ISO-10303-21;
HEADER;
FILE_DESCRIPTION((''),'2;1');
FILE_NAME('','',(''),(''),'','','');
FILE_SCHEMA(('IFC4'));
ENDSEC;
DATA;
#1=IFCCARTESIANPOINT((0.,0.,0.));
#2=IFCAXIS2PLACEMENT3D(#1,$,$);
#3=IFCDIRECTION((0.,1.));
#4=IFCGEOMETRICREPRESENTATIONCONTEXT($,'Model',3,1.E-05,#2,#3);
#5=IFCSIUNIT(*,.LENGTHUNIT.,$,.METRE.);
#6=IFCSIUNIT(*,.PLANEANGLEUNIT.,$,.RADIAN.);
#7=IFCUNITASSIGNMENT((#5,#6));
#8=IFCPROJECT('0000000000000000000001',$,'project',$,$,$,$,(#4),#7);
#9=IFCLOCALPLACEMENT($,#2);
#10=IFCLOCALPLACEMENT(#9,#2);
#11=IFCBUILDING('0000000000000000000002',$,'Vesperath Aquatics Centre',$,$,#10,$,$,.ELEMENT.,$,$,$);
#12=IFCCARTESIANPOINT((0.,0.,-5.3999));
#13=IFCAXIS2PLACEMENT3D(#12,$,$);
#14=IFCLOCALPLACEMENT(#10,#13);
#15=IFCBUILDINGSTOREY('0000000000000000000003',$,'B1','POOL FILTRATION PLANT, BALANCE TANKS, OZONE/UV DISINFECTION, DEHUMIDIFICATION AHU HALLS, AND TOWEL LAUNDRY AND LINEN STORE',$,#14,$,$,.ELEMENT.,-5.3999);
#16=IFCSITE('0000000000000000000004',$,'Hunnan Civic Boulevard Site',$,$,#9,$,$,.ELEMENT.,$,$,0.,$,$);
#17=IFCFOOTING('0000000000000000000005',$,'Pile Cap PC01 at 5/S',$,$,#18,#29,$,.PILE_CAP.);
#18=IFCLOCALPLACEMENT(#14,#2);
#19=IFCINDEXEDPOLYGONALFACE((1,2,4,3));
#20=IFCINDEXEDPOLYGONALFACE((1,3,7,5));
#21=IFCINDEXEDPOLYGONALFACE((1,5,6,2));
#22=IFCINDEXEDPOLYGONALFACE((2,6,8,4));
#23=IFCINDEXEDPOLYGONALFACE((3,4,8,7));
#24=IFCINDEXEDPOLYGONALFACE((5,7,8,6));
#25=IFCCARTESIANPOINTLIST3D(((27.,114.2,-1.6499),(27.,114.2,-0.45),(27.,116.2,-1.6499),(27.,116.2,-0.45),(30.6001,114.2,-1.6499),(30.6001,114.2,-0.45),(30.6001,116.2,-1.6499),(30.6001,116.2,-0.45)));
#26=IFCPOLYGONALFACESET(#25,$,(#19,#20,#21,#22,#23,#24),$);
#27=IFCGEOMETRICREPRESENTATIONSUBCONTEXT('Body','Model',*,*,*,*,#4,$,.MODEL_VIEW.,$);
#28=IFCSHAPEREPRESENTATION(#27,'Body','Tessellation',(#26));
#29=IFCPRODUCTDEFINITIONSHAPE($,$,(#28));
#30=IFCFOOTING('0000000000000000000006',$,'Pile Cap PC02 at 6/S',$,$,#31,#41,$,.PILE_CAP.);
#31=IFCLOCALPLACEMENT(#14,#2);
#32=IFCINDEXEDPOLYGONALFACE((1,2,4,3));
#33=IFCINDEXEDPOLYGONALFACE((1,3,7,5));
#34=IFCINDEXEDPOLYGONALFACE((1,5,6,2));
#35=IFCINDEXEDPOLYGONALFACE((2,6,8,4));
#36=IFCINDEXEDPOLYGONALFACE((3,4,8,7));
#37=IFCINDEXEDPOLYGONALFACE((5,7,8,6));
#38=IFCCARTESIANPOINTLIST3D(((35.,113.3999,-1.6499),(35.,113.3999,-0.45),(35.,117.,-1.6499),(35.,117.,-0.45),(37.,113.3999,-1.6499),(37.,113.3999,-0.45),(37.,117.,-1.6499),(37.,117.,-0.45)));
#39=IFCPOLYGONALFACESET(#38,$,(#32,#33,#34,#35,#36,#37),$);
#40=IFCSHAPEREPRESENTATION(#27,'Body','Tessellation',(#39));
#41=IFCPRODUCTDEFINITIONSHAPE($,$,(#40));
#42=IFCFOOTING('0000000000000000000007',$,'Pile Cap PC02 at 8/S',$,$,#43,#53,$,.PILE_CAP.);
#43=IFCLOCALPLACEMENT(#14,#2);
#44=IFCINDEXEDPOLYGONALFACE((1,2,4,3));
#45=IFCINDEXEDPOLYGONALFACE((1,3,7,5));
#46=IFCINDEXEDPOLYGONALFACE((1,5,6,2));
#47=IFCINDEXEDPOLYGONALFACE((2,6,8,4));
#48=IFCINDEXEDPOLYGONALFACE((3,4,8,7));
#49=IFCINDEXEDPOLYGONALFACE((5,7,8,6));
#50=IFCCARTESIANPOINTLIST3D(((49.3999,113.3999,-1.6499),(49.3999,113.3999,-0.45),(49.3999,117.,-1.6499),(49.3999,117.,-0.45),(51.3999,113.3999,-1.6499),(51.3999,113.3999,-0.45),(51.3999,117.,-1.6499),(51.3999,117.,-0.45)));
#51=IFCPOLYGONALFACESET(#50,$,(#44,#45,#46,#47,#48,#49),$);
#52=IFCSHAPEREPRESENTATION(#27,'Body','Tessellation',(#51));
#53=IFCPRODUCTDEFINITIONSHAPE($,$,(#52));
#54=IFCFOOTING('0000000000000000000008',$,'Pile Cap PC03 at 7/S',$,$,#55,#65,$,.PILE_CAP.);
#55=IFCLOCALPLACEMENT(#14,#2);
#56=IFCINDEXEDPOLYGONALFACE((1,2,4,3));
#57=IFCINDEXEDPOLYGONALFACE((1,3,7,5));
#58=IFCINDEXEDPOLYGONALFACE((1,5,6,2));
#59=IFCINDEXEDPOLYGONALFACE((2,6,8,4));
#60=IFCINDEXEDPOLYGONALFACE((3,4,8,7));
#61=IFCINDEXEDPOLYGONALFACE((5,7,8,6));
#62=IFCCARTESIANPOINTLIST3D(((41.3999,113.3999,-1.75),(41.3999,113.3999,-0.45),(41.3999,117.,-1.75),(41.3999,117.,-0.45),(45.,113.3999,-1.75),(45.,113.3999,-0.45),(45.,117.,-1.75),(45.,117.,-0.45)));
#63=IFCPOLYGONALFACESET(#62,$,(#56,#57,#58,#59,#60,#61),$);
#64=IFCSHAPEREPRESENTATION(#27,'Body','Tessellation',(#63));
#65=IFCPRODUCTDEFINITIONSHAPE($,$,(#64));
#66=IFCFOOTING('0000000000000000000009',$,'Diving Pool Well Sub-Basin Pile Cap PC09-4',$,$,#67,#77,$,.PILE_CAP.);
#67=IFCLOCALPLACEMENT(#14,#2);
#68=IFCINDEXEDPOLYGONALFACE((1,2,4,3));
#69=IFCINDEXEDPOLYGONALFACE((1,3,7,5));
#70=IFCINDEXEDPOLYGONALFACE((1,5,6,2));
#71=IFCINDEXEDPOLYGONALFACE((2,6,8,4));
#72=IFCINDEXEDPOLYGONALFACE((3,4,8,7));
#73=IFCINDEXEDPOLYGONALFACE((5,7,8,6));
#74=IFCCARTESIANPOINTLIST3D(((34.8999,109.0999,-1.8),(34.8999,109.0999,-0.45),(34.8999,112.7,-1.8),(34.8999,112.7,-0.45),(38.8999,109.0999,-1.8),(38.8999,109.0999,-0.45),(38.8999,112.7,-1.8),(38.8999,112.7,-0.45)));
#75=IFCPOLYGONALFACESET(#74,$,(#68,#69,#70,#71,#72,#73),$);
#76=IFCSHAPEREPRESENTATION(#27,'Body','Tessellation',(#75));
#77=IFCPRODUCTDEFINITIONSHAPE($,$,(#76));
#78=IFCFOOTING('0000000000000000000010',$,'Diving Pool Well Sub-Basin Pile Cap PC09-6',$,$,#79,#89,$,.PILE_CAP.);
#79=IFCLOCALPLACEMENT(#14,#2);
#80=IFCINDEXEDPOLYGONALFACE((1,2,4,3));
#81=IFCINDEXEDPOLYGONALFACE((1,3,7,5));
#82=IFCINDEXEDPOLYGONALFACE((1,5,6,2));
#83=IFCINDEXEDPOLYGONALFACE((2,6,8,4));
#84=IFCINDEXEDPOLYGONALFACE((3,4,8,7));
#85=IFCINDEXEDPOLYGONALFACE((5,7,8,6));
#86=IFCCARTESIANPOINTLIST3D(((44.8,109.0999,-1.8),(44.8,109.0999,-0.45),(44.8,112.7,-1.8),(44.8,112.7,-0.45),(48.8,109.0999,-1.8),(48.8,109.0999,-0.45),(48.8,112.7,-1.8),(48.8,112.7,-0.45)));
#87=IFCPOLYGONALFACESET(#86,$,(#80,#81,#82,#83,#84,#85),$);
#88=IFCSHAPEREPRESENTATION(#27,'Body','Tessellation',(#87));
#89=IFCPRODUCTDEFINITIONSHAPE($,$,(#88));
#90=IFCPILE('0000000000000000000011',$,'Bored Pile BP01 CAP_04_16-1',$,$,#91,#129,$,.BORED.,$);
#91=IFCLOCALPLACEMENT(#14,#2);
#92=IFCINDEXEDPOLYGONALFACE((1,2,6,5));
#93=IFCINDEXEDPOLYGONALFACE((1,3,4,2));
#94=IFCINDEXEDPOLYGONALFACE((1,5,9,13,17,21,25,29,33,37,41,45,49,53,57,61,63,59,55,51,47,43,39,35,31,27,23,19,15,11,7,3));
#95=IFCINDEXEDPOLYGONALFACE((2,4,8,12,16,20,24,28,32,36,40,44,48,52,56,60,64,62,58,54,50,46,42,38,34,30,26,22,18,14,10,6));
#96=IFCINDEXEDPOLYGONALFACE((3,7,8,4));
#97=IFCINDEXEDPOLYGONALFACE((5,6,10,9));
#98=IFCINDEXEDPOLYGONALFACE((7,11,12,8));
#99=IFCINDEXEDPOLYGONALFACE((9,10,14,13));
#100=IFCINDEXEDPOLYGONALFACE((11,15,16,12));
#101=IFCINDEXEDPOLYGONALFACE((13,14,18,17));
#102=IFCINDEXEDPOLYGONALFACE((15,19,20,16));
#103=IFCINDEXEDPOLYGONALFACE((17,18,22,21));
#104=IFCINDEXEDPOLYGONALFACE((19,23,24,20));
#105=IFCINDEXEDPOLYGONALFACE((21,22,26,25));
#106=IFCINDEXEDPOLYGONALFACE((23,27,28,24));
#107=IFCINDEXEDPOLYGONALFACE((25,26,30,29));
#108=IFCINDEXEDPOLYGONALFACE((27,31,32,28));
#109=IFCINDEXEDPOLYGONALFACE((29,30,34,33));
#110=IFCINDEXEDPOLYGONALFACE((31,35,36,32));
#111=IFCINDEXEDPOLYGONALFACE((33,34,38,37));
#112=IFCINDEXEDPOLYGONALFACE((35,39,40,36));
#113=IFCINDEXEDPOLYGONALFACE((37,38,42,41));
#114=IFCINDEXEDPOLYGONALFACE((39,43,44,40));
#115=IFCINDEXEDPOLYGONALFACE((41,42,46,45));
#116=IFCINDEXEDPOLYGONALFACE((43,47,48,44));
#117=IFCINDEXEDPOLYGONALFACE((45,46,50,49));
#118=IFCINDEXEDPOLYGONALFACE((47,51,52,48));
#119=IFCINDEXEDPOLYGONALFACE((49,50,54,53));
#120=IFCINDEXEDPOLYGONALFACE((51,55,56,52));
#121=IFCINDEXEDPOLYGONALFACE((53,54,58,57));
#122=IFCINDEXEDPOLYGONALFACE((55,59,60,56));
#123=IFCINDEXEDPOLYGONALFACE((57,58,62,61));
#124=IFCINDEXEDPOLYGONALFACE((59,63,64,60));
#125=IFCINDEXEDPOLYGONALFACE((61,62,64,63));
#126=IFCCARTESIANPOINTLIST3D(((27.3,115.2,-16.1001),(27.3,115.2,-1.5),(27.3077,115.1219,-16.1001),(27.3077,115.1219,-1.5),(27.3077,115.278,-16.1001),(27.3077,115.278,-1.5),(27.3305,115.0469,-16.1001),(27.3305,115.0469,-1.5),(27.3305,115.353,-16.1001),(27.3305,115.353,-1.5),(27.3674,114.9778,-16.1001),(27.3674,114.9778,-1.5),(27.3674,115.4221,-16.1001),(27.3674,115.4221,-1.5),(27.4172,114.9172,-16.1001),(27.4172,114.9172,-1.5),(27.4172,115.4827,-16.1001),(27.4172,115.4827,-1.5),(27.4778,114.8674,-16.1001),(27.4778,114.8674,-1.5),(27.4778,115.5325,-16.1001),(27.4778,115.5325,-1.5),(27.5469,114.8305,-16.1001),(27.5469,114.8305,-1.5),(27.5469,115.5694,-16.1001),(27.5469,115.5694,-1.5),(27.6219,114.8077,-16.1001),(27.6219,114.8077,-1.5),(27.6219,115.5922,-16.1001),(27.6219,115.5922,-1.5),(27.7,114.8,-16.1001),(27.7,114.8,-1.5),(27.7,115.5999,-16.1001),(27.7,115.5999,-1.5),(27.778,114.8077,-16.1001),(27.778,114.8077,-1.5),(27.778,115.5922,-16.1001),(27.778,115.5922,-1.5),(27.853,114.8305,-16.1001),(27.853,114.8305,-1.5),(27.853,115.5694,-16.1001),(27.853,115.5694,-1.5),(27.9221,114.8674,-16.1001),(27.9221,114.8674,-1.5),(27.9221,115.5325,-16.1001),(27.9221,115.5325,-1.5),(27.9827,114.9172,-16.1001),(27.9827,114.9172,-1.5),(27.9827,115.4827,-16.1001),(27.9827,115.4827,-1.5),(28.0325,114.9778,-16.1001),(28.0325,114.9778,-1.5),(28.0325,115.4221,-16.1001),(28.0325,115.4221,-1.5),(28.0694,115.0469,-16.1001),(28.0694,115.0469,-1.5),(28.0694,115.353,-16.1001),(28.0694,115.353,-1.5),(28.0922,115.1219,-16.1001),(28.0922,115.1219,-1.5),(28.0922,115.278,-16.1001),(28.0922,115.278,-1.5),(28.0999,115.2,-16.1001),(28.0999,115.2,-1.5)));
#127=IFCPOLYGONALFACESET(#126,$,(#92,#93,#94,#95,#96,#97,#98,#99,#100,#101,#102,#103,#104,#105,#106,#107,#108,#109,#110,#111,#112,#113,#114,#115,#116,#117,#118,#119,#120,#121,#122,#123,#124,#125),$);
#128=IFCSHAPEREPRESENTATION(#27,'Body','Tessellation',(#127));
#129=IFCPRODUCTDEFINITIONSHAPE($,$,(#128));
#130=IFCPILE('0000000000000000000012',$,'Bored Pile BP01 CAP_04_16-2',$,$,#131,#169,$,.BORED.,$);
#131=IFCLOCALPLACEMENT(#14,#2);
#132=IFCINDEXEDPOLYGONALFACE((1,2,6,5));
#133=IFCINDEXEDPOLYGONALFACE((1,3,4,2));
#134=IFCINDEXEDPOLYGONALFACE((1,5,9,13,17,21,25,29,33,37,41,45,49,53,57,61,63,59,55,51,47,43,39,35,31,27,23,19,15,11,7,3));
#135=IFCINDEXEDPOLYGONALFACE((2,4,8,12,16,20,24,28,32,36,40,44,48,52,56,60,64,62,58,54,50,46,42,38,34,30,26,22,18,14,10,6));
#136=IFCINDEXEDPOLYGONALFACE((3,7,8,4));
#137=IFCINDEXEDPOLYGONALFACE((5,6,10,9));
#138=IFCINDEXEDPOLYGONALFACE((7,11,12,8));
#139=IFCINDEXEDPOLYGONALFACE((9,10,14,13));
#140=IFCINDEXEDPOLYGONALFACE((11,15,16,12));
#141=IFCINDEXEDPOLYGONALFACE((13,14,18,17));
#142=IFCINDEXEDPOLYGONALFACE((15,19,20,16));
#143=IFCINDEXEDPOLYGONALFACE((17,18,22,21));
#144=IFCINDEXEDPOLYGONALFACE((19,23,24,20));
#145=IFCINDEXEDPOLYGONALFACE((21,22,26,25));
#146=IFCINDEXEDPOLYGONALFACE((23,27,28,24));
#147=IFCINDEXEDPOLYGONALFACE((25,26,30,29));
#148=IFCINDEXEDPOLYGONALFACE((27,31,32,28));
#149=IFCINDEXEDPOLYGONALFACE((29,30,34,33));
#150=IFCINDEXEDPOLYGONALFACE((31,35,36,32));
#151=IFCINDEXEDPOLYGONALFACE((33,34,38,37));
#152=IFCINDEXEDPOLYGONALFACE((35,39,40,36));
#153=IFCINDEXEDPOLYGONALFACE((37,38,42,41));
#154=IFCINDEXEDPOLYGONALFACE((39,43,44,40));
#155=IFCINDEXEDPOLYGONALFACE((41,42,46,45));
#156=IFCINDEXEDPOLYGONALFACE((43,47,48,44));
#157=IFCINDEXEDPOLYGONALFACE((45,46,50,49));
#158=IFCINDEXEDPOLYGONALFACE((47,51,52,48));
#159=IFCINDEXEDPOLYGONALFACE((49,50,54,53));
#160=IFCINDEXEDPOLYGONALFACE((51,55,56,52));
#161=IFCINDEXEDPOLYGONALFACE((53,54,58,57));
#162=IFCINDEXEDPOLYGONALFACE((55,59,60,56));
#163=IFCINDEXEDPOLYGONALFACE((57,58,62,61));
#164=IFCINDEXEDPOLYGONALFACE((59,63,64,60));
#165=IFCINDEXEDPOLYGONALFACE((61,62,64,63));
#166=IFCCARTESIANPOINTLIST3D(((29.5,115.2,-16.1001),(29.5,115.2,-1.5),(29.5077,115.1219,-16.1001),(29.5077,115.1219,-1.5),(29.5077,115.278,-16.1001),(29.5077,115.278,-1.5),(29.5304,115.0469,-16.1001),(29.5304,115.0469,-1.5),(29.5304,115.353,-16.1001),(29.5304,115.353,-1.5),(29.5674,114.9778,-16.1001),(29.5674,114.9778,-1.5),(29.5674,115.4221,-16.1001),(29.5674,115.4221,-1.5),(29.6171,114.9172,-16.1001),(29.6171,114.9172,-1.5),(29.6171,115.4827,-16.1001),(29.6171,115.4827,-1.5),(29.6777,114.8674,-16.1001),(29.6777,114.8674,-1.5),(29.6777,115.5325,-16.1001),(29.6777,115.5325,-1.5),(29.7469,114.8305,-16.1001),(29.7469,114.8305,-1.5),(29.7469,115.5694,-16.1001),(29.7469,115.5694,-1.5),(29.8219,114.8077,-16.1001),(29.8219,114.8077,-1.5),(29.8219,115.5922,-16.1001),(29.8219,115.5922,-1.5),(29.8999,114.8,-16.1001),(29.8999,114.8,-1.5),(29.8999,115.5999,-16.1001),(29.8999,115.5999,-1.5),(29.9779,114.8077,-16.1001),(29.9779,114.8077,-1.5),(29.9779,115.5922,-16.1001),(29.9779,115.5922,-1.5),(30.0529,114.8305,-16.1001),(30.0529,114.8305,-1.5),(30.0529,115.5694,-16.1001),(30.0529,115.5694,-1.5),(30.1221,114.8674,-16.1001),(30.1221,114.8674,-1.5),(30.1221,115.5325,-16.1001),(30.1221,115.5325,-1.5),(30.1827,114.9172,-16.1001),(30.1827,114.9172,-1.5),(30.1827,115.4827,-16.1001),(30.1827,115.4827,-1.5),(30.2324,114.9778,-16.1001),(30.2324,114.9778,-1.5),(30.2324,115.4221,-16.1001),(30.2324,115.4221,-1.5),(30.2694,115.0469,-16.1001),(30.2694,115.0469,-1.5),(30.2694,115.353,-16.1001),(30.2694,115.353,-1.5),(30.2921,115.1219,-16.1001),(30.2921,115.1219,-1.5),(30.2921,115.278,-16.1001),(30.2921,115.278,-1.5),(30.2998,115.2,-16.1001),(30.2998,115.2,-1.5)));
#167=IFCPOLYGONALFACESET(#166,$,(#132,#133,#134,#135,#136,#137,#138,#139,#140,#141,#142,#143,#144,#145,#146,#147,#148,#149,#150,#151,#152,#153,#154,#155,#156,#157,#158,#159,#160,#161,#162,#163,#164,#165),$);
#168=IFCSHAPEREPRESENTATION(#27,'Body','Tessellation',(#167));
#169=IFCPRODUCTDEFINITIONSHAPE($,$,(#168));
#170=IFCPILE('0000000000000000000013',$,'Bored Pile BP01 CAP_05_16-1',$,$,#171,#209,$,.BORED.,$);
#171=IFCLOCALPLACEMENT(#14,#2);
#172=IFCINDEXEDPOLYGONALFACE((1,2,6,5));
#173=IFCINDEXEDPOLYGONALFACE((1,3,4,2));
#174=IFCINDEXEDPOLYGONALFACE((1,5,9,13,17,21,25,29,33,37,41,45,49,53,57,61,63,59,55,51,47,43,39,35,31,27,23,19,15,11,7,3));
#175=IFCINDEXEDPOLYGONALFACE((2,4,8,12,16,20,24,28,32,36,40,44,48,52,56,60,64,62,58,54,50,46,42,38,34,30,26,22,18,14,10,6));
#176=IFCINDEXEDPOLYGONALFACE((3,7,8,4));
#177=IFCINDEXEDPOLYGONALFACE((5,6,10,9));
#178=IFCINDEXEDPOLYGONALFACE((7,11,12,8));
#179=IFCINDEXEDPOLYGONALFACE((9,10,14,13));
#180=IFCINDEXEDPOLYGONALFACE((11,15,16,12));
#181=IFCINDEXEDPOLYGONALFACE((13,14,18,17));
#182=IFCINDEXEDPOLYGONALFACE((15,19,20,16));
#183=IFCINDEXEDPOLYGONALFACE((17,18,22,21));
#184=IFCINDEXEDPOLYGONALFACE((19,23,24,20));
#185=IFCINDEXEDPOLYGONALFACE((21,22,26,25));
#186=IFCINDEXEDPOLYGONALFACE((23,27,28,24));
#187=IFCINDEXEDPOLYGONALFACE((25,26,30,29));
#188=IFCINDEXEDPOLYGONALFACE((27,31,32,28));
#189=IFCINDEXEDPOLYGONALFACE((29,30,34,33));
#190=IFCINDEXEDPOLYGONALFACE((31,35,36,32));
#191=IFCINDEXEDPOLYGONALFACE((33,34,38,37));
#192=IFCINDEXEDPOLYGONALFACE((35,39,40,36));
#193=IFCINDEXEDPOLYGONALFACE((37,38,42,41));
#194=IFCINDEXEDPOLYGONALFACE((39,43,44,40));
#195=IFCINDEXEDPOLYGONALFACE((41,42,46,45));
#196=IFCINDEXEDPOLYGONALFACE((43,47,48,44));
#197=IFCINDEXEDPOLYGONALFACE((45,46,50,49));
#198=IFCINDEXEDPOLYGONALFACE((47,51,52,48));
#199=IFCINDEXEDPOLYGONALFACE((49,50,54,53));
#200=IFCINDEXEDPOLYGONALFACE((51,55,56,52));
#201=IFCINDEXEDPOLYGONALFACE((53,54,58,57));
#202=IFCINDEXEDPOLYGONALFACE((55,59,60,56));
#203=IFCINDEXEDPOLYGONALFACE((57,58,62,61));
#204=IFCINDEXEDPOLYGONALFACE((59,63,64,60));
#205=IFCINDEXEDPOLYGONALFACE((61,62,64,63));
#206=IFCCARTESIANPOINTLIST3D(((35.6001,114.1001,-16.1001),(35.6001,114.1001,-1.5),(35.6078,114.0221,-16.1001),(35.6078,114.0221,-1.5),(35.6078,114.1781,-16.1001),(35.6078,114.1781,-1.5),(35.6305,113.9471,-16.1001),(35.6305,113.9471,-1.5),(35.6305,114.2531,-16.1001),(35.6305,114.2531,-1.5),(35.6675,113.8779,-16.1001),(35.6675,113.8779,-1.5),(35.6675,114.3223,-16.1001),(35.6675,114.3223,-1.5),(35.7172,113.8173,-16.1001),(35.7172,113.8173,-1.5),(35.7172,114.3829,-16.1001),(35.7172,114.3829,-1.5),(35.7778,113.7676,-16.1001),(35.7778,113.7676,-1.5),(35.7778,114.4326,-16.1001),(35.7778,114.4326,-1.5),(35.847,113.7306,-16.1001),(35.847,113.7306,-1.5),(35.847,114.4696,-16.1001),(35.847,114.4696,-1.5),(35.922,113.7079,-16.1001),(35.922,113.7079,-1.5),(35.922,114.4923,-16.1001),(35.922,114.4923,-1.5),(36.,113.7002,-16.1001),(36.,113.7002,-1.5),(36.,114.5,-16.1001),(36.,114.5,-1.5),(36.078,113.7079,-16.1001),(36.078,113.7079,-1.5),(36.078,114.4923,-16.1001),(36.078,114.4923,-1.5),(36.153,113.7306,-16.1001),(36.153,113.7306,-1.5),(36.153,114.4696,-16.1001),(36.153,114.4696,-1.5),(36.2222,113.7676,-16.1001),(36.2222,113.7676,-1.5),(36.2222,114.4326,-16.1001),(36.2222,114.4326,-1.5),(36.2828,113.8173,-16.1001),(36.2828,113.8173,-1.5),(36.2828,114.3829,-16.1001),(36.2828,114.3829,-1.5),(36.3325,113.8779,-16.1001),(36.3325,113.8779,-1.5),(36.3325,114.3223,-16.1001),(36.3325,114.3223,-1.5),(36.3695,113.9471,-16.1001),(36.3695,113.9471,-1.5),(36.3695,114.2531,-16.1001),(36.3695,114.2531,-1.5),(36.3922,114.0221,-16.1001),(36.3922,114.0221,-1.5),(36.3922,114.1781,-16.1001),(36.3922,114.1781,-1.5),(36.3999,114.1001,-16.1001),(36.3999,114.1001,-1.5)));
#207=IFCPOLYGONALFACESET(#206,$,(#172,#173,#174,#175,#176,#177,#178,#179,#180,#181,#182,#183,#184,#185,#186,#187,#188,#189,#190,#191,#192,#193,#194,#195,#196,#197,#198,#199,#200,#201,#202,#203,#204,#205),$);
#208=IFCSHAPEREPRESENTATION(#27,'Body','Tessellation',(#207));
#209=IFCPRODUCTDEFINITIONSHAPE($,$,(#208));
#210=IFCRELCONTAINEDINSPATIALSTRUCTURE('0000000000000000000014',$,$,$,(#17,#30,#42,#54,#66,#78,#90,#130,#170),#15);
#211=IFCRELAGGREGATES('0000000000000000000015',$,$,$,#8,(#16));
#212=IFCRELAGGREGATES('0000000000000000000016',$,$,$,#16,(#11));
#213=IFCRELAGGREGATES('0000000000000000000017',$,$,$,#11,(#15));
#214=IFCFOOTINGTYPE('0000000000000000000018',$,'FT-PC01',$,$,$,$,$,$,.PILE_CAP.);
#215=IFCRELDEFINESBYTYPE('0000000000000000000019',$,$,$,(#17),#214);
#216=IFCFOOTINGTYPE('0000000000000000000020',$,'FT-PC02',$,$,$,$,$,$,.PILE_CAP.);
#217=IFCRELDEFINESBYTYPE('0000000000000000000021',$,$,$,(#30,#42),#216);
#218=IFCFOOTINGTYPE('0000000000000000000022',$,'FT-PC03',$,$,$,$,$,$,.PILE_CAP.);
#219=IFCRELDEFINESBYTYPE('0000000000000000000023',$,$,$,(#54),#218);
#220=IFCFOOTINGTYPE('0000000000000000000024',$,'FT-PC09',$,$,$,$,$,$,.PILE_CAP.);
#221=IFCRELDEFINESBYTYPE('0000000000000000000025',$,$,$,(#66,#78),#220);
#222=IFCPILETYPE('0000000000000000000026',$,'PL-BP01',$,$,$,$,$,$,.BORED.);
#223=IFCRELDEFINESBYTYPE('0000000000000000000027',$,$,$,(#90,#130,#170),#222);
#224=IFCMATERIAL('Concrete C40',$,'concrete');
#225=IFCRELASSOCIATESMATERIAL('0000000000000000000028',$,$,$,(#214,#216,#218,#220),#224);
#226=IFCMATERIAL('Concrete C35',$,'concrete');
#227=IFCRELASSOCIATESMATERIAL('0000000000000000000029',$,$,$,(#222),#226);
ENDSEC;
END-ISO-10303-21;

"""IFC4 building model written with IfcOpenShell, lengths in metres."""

from ifc_helpers import new_model, si_unit, direction, frame, origin, origin_2d, place, context, subcontext, project, spatial, rectangle, circle, extrude, material, material_profile, profile_set, type_object, element, save


model = new_model("IFC4")

# Units and contexts
model_context = context("Model", 3, precision=1e-05, world=origin(), true_north=direction((0.0, 1.0)))
body_context = subcontext(model_context, "Body", "Model", "MODEL_VIEW")
ifc_project = project(units=[si_unit("LENGTHUNIT", "METRE"), si_unit("PLANEANGLEUNIT", "RADIAN")], contexts=[model_context])

# Site, building, storey
site_placement = place(None, origin())
site = spatial("IfcSite", under=ifc_project, at=site_placement, Name="Hunnan Civic Boulevard Site", CompositionType="ELEMENT", RefElevation=0.0)
building_placement = place(site_placement, origin())
building = spatial("IfcBuilding", under=site, at=building_placement, Name="Vesperath Aquatics Centre", CompositionType="ELEMENT")
storey_placement = place(building_placement, frame((0.0, 0.0, -5.3999)))
storey = spatial("IfcBuildingStorey", under=building, at=storey_placement, Name="B1", Description="POOL FILTRATION PLANT, BALANCE TANKS, OZONE/UV DISINFECTION, DEHUMIDIFICATION AHU HALLS, AND TOWEL LAUNDRY AND LINEN STORE", CompositionType="ELEMENT", Elevation=-5.3999)

# Footings
ifc_material_1 = material(Name="Concrete C40", Category="concrete")
footing_type_1 = type_object("IfcFootingType", Name="FT-PC01", PredefinedType="PILE_CAP", material=ifc_material_1)
footing_1_placement = place(storey_placement, frame((28.8, 115.2, -1.6499), z_axis=(0.0, 0.0, 1.0), x_axis=(1.0, 0.0, 0.0)))
element("IfcFooting", 1, at=footing_1_placement, inside=storey, type_object=footing_type_1, Name="Pile Cap PC01 at 5/S", PredefinedType="PILE_CAP", context=body_context, shape_type="SweptSolid", body=[
    extrude(rectangle(XDim=3.6001, YDim=2.0, at=origin_2d()), origin(), (0.0, 0.0, 1.0), 1.2),
])
footing_type_2 = type_object("IfcFootingType", Name="FT-PC02", PredefinedType="PILE_CAP", material=ifc_material_1)
for number, where, z_axis, x_axis, name in (
    (2, (36.0, 115.2, -1.6499), (0.0, 0.0, 1.0), (1.0, 0.0, 0.0), "Pile Cap PC02 at 6/S"),
    (3, (50.3999, 115.2, -1.6499), (0.0, 0.0, 1.0), (1.0, 0.0, 0.0), "Pile Cap PC02 at 8/S"),
):
    element("IfcFooting", number, at=place(storey_placement, frame(where, z_axis=z_axis, x_axis=x_axis)), inside=storey, type_object=footing_type_2, Name=name, PredefinedType="PILE_CAP", context=body_context, shape_type="SweptSolid", body=[
        extrude(rectangle(XDim=2.0, YDim=3.6001, at=origin_2d()), origin(), (0.0, 0.0, 1.0), 1.2),
    ])
footing_type_3 = type_object("IfcFootingType", Name="FT-PC03", PredefinedType="PILE_CAP", material=ifc_material_1)
footing_2_placement = place(storey_placement, frame((43.2, 115.2, -1.75), z_axis=(0.0, 0.0, 1.0), x_axis=(1.0, 0.0, 0.0)))
element("IfcFooting", 4, at=footing_2_placement, inside=storey, type_object=footing_type_3, Name="Pile Cap PC03 at 7/S", PredefinedType="PILE_CAP", context=body_context, shape_type="SweptSolid", body=[
    extrude(rectangle(XDim=3.6001, YDim=3.6001, at=origin_2d()), origin(), (0.0, 0.0, 1.0), 1.3),
])
footing_type_4 = type_object("IfcFootingType", Name="FT-PC09", PredefinedType="PILE_CAP", material=ifc_material_1)
for number, where, z_axis, x_axis, name in (
    (5, (36.8999, 110.8999, -1.8), (0.0, 0.0, 1.0), (1.0, 0.0, 0.0), "Diving Pool Well Sub-Basin Pile Cap PC09-4"),
    (6, (46.8, 110.8999, -1.8), (0.0, 0.0, 1.0), (1.0, 0.0, 0.0), "Diving Pool Well Sub-Basin Pile Cap PC09-6"),
):
    element("IfcFooting", number, at=place(storey_placement, frame(where, z_axis=z_axis, x_axis=x_axis)), inside=storey, type_object=footing_type_4, Name=name, PredefinedType="PILE_CAP", context=body_context, shape_type="SweptSolid", body=[
        extrude(rectangle(XDim=4.0, YDim=3.6001, at=origin_2d()), origin(), (0.0, 0.0, 1.0), 1.3501),
    ])

# Piles
ifc_material_2 = material(Name="Concrete C35", Category="concrete")
ifc_material_profile_1 = material_profile(ifc_material_2, circle(Radius=0.3999, at=origin_2d()), Name="PILE D800")
ifc_profile_set_1 = profile_set([ifc_material_profile_1], Name="Concrete C35")
pile_type = type_object("IfcPileType", Name="PL-BP01", PredefinedType="BORED", material=ifc_profile_set_1)
for number, where, z_axis, x_axis, name in (
    (7, (27.7, 115.2, -1.5), (0.0, 0.0, -1.0), (1.0, 0.0, 0.0), "Bored Pile BP01 CAP_04_16-1"),
    (8, (29.8999, 115.2, -1.5), (0.0, 0.0, -1.0), (1.0, 0.0, 0.0), "Bored Pile BP01 CAP_04_16-2"),
    (9, (36.0, 114.1001, -1.5), (0.0, 0.0, -1.0), (1.0, 0.0, 0.0), "Bored Pile BP01 CAP_05_16-1"),
):
    element("IfcPile", number, at=place(storey_placement, frame(where, z_axis=z_axis, x_axis=x_axis)), inside=storey, type_object=pile_type, Name=name, PredefinedType="BORED", context=body_context, shape_type="SweptSolid", body=[
        extrude(circle(Radius=0.3999, at=origin_2d()), origin(), (0.0, 0.0, 1.0), 14.6001),
    ])

save(model, "model.ifc")
